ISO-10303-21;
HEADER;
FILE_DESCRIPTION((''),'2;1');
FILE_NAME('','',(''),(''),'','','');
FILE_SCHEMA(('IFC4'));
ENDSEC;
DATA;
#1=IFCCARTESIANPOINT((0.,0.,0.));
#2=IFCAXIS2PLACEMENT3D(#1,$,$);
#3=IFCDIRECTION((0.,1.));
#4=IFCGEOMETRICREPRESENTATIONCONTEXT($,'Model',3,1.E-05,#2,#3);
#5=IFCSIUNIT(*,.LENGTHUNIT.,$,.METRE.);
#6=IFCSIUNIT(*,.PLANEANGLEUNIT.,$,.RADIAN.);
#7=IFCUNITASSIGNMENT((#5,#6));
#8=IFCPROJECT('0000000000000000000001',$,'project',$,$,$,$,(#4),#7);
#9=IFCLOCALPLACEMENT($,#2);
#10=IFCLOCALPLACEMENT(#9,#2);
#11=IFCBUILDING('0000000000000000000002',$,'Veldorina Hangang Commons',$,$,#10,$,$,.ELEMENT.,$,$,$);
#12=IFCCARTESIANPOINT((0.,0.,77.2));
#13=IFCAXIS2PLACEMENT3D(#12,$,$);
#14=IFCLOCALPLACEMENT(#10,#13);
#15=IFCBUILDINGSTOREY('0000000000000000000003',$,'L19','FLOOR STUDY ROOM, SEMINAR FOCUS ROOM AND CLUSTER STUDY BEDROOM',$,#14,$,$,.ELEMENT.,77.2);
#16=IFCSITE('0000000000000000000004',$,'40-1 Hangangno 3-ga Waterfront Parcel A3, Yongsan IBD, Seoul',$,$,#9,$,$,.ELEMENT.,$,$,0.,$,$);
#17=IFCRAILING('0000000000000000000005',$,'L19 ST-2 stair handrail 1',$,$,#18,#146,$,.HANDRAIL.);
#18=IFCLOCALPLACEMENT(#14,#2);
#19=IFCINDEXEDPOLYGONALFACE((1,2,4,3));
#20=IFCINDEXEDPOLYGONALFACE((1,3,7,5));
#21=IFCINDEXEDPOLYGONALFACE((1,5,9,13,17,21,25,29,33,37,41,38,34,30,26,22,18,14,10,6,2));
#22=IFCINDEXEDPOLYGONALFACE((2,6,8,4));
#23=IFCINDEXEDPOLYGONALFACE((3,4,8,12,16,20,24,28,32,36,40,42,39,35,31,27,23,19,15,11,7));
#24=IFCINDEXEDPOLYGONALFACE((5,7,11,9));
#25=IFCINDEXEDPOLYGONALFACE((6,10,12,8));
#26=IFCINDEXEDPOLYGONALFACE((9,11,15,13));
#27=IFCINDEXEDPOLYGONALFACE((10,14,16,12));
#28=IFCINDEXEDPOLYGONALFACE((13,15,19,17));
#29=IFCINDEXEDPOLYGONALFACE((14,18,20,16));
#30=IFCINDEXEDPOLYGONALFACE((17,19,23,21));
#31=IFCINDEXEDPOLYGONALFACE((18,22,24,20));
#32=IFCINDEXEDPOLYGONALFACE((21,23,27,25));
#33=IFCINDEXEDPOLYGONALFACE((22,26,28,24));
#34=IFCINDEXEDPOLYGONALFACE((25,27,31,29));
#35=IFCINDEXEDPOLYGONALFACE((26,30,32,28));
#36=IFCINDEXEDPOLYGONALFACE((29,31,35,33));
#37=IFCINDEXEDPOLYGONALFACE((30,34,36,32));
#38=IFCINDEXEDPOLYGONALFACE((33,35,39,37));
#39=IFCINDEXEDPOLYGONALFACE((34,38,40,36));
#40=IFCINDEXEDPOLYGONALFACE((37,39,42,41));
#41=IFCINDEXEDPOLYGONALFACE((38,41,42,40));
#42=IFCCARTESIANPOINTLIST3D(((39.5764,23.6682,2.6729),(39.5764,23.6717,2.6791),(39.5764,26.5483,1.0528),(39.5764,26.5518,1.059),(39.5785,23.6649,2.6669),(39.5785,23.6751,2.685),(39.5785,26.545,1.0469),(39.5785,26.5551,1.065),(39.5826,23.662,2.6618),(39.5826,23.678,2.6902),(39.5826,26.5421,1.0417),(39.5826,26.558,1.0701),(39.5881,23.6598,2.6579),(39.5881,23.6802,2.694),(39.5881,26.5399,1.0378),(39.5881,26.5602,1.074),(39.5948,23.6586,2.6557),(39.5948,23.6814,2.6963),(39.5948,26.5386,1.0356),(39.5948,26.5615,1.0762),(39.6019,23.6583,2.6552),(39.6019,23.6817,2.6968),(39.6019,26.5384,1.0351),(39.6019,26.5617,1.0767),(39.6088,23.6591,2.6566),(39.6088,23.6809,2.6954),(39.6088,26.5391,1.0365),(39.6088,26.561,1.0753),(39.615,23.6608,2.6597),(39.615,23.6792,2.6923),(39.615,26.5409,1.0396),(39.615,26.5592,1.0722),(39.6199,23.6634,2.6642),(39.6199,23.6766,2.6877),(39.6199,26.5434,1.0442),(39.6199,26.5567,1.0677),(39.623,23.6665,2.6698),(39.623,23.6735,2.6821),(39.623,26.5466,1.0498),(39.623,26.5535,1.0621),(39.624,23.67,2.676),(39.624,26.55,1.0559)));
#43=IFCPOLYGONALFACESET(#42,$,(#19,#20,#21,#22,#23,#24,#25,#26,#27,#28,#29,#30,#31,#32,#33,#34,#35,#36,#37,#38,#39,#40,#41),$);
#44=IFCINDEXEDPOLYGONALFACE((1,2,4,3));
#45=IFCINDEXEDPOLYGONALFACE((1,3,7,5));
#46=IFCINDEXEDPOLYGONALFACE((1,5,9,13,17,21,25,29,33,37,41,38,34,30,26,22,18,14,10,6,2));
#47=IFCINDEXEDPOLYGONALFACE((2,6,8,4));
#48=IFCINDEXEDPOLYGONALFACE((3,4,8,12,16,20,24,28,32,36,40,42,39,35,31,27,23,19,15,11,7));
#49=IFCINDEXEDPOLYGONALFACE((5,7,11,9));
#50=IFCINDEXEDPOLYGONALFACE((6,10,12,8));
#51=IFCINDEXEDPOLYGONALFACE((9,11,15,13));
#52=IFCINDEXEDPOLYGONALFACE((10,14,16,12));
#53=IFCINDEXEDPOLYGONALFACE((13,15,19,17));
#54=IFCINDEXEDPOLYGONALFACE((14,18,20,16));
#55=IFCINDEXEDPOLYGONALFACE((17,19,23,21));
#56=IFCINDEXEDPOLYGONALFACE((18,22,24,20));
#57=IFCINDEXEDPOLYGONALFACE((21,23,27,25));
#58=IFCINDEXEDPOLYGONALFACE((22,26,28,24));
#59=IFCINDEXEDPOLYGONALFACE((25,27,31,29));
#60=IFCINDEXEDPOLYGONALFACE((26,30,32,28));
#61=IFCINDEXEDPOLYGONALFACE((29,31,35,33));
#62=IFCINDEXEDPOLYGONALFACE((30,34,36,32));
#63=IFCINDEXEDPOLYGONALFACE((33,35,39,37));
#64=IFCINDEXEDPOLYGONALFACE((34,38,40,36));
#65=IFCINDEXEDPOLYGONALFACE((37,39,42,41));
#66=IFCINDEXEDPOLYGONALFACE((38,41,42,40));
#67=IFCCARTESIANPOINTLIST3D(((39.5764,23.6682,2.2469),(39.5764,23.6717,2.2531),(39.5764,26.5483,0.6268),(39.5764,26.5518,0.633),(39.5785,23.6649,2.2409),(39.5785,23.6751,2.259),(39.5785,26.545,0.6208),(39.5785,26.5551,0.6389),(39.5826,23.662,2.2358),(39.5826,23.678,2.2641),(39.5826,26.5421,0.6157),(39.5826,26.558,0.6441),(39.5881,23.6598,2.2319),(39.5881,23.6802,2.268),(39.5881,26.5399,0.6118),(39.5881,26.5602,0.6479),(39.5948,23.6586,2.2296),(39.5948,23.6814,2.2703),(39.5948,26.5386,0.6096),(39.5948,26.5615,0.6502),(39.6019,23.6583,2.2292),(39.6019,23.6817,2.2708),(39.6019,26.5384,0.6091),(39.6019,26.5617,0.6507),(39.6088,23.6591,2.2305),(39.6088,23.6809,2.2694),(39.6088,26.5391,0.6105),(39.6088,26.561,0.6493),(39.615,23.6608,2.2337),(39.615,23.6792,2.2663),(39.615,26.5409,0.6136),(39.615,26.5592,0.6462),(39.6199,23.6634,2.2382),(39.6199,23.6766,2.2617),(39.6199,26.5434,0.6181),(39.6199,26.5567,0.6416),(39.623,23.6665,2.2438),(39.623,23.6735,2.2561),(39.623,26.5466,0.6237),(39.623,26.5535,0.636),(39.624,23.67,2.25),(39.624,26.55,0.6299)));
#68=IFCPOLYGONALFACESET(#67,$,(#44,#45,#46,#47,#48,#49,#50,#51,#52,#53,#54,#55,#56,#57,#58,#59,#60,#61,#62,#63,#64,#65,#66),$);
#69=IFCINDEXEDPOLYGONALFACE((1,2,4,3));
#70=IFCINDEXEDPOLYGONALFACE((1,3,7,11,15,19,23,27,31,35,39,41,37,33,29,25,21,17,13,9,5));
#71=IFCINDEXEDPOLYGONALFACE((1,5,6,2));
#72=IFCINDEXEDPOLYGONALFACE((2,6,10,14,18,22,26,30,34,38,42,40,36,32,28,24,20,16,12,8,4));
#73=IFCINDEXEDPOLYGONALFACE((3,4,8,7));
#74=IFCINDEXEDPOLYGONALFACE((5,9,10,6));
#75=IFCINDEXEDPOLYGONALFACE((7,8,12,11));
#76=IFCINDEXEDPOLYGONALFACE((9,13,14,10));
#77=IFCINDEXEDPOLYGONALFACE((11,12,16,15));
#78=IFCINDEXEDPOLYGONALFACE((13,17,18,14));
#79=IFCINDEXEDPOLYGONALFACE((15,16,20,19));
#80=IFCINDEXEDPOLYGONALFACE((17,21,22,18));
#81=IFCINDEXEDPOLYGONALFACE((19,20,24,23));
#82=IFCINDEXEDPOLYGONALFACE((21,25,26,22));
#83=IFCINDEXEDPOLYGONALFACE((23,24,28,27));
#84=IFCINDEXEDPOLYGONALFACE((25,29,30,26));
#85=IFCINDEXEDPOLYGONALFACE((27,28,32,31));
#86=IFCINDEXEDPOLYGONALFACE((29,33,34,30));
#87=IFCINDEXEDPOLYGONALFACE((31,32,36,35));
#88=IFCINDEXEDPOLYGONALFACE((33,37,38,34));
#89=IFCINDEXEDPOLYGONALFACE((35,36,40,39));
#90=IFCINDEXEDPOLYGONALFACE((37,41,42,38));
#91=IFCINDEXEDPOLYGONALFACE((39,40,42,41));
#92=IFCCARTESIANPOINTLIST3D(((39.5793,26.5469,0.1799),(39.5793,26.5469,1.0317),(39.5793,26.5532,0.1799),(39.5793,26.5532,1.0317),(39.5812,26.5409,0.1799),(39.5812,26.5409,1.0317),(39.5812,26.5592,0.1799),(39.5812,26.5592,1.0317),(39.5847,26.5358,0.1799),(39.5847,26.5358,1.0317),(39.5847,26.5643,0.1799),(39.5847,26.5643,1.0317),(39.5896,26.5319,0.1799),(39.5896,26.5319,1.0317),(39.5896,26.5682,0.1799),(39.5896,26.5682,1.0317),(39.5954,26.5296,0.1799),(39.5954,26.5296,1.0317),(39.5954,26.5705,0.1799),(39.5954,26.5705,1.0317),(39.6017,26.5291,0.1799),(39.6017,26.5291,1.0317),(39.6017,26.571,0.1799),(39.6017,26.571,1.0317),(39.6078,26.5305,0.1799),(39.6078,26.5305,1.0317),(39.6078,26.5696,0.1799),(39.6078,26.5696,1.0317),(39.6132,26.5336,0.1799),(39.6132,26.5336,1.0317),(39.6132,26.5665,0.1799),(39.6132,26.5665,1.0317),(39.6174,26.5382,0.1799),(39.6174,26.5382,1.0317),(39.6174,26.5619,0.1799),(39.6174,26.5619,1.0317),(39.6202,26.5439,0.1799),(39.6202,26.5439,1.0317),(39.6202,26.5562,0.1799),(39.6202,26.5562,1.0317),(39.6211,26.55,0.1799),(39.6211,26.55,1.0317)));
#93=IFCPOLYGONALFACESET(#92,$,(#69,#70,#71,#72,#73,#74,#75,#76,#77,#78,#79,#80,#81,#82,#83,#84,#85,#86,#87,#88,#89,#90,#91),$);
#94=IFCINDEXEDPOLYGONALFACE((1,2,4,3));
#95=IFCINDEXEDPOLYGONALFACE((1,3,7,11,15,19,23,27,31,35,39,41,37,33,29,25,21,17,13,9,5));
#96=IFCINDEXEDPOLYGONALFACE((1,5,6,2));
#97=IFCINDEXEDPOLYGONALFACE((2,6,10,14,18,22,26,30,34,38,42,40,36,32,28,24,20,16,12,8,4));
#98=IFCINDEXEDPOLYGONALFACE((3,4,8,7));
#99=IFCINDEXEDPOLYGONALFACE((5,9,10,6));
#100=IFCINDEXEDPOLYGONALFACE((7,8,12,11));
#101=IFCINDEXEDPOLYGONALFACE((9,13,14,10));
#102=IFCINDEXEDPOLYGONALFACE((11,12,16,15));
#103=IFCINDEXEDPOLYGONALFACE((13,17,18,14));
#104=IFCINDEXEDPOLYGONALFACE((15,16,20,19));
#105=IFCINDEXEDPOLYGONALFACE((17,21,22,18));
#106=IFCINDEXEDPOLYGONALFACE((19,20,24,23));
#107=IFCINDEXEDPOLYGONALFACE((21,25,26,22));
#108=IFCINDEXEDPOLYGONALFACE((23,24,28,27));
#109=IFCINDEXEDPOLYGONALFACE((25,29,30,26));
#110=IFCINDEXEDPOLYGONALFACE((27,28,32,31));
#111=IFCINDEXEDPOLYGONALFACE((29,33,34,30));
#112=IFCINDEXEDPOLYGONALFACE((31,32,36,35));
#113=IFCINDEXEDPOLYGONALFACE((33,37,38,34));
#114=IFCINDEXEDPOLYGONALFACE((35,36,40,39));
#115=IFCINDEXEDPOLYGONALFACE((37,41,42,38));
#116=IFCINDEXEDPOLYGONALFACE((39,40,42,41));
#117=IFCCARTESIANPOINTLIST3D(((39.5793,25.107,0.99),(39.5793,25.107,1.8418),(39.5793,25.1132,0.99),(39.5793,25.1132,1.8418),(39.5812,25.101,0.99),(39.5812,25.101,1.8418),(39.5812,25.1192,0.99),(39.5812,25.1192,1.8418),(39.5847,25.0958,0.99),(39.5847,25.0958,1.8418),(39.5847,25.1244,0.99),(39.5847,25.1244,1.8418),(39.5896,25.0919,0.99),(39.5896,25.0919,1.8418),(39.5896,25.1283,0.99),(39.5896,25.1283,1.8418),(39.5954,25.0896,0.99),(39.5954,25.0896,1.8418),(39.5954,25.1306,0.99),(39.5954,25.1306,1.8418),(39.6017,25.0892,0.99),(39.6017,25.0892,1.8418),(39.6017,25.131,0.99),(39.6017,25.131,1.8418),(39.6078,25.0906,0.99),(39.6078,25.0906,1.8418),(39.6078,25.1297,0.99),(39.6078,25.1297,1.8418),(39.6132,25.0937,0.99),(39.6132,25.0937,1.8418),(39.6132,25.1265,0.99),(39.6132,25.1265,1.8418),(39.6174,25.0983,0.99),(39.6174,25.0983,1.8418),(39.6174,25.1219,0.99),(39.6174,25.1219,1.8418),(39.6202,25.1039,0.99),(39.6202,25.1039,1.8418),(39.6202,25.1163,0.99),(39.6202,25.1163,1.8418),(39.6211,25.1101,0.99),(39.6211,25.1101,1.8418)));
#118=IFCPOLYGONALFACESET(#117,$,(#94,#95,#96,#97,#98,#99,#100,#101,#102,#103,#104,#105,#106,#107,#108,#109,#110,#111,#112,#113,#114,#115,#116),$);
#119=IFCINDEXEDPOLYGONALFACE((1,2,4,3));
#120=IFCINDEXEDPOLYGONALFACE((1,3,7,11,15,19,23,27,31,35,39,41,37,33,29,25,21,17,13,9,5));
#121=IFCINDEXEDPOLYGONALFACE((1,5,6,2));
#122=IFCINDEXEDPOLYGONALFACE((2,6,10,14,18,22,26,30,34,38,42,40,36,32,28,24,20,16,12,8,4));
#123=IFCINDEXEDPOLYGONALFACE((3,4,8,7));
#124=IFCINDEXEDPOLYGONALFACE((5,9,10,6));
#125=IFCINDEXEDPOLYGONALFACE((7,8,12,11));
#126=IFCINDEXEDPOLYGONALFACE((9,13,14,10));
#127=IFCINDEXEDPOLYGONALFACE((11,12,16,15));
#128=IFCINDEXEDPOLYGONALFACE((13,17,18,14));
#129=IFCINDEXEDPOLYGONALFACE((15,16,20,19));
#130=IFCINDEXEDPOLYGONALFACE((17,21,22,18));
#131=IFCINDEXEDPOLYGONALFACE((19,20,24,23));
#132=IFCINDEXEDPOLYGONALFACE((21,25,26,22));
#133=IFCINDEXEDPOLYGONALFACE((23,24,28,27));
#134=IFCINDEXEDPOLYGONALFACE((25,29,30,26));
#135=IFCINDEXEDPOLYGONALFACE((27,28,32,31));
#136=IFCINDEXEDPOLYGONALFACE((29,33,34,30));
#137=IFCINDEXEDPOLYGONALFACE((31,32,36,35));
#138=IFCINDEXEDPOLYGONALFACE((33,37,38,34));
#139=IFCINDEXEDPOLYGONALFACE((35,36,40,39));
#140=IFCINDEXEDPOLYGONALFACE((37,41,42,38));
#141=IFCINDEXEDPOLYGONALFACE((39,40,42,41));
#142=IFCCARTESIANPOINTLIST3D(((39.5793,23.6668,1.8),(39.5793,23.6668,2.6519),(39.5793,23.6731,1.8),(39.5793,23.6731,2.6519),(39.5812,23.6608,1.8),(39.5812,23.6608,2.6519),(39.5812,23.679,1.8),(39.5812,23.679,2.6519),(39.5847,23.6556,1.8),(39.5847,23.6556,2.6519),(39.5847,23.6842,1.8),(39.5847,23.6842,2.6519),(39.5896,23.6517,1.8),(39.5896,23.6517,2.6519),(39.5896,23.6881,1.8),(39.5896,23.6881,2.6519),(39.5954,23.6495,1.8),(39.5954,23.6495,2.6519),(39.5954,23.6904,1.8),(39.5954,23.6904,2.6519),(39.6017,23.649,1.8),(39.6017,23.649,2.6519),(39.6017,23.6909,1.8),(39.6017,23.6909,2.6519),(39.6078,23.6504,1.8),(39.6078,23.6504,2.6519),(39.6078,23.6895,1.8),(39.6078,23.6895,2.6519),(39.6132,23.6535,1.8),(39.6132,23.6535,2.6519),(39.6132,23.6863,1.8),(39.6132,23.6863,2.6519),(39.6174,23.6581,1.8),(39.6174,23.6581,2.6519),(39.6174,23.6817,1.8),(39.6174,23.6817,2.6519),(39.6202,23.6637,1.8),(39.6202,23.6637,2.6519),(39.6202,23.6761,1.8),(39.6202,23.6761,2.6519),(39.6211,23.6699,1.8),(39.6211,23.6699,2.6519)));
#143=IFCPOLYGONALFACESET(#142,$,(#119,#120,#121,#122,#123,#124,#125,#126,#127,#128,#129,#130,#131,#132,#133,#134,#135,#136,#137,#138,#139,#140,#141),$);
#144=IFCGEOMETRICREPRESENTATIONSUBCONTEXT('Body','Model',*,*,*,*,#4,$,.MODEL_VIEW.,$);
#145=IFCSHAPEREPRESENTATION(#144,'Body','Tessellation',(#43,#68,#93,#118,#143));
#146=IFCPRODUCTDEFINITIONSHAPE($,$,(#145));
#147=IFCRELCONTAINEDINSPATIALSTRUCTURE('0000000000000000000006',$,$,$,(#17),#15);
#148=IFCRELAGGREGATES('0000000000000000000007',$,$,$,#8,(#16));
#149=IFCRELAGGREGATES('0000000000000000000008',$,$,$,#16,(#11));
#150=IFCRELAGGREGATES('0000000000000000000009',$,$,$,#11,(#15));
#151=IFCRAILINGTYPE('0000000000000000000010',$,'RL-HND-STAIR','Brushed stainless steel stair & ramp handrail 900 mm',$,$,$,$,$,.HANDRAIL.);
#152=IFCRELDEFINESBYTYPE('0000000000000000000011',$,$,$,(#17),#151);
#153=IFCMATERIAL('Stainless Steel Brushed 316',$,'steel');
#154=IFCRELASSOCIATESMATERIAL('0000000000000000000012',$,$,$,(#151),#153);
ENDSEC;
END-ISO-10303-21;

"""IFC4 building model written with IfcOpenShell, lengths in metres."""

from ifc_helpers import new_model, si_unit, direction, frame, origin, origin_2d, place, context, subcontext, project, spatial, circle, extrude, material, type_object, element, save


model = new_model("IFC4")

# Units and contexts
model_context = context("Model", 3, precision=1e-05, world=origin(), true_north=direction((0.0, 1.0)))
body_context = subcontext(model_context, "Body", "Model", "MODEL_VIEW")
ifc_project = project(units=[si_unit("LENGTHUNIT", "METRE"), si_unit("PLANEANGLEUNIT", "RADIAN")], contexts=[model_context])

# Site, building, storey
site_placement = place(None, origin())
site = spatial("IfcSite", under=ifc_project, at=site_placement, Name="40-1 Hangangno 3-ga Waterfront Parcel A3, Yongsan IBD, Seoul", CompositionType="ELEMENT", RefElevation=0.0)
building_placement = place(site_placement, origin())
building = spatial("IfcBuilding", under=site, at=building_placement, Name="Veldorina Hangang Commons", CompositionType="ELEMENT")
storey_placement = place(building_placement, frame((0.0, 0.0, 77.2)))
storey = spatial("IfcBuildingStorey", under=building, at=storey_placement, Name="L19", Description="FLOOR STUDY ROOM, SEMINAR FOCUS ROOM AND CLUSTER STUDY BEDROOM", CompositionType="ELEMENT", Elevation=77.2)

# Railing
ifc_material_1 = material(Name="Stainless Steel Brushed 316", Category="steel")
railing_type_1 = type_object("IfcRailingType", Name="RL-HND-STAIR", Description="Brushed stainless steel stair & ramp handrail 900 mm", PredefinedType="HANDRAIL", material=ifc_material_1)
railing_1_placement = place(storey_placement, frame((39.6001, 26.55, 0.1799)))
element("IfcRailing", 1, at=railing_1_placement, inside=storey, type_object=railing_type_1, Name="L19 ST-2 stair handrail 1", PredefinedType="HANDRAIL", context=body_context, shape_type="SweptSolid", body=[
    extrude(circle(Radius=0.0239, at=origin_2d()), frame((0.0, 0.0, 0.876), z_axis=(0.0, -0.87157, 0.490272), x_axis=(1.0, 0.0, 0.0)), (0.0, 0.0, 1.0), 3.3044),
    extrude(circle(Radius=0.0239, at=origin_2d()), frame((0.0, 0.0, 0.45), z_axis=(0.0, -0.87157, 0.490272), x_axis=(1.0, 0.0, 0.0)), (0.0, 0.0, 1.0), 3.3044),
    extrude(circle(Radius=0.021, at=origin_2d()), origin(), (0.0, 0.0, 1.0), 0.8518),
    extrude(circle(Radius=0.021, at=origin_2d()), frame((0.0, -1.4399, 0.8101)), (0.0, 0.0, 1.0), 0.8518),
    extrude(circle(Radius=0.021, at=origin_2d()), frame((0.0, -2.8801, 1.6201)), (0.0, 0.0, 1.0), 0.8518),
])

save(model, "model.ifc")
